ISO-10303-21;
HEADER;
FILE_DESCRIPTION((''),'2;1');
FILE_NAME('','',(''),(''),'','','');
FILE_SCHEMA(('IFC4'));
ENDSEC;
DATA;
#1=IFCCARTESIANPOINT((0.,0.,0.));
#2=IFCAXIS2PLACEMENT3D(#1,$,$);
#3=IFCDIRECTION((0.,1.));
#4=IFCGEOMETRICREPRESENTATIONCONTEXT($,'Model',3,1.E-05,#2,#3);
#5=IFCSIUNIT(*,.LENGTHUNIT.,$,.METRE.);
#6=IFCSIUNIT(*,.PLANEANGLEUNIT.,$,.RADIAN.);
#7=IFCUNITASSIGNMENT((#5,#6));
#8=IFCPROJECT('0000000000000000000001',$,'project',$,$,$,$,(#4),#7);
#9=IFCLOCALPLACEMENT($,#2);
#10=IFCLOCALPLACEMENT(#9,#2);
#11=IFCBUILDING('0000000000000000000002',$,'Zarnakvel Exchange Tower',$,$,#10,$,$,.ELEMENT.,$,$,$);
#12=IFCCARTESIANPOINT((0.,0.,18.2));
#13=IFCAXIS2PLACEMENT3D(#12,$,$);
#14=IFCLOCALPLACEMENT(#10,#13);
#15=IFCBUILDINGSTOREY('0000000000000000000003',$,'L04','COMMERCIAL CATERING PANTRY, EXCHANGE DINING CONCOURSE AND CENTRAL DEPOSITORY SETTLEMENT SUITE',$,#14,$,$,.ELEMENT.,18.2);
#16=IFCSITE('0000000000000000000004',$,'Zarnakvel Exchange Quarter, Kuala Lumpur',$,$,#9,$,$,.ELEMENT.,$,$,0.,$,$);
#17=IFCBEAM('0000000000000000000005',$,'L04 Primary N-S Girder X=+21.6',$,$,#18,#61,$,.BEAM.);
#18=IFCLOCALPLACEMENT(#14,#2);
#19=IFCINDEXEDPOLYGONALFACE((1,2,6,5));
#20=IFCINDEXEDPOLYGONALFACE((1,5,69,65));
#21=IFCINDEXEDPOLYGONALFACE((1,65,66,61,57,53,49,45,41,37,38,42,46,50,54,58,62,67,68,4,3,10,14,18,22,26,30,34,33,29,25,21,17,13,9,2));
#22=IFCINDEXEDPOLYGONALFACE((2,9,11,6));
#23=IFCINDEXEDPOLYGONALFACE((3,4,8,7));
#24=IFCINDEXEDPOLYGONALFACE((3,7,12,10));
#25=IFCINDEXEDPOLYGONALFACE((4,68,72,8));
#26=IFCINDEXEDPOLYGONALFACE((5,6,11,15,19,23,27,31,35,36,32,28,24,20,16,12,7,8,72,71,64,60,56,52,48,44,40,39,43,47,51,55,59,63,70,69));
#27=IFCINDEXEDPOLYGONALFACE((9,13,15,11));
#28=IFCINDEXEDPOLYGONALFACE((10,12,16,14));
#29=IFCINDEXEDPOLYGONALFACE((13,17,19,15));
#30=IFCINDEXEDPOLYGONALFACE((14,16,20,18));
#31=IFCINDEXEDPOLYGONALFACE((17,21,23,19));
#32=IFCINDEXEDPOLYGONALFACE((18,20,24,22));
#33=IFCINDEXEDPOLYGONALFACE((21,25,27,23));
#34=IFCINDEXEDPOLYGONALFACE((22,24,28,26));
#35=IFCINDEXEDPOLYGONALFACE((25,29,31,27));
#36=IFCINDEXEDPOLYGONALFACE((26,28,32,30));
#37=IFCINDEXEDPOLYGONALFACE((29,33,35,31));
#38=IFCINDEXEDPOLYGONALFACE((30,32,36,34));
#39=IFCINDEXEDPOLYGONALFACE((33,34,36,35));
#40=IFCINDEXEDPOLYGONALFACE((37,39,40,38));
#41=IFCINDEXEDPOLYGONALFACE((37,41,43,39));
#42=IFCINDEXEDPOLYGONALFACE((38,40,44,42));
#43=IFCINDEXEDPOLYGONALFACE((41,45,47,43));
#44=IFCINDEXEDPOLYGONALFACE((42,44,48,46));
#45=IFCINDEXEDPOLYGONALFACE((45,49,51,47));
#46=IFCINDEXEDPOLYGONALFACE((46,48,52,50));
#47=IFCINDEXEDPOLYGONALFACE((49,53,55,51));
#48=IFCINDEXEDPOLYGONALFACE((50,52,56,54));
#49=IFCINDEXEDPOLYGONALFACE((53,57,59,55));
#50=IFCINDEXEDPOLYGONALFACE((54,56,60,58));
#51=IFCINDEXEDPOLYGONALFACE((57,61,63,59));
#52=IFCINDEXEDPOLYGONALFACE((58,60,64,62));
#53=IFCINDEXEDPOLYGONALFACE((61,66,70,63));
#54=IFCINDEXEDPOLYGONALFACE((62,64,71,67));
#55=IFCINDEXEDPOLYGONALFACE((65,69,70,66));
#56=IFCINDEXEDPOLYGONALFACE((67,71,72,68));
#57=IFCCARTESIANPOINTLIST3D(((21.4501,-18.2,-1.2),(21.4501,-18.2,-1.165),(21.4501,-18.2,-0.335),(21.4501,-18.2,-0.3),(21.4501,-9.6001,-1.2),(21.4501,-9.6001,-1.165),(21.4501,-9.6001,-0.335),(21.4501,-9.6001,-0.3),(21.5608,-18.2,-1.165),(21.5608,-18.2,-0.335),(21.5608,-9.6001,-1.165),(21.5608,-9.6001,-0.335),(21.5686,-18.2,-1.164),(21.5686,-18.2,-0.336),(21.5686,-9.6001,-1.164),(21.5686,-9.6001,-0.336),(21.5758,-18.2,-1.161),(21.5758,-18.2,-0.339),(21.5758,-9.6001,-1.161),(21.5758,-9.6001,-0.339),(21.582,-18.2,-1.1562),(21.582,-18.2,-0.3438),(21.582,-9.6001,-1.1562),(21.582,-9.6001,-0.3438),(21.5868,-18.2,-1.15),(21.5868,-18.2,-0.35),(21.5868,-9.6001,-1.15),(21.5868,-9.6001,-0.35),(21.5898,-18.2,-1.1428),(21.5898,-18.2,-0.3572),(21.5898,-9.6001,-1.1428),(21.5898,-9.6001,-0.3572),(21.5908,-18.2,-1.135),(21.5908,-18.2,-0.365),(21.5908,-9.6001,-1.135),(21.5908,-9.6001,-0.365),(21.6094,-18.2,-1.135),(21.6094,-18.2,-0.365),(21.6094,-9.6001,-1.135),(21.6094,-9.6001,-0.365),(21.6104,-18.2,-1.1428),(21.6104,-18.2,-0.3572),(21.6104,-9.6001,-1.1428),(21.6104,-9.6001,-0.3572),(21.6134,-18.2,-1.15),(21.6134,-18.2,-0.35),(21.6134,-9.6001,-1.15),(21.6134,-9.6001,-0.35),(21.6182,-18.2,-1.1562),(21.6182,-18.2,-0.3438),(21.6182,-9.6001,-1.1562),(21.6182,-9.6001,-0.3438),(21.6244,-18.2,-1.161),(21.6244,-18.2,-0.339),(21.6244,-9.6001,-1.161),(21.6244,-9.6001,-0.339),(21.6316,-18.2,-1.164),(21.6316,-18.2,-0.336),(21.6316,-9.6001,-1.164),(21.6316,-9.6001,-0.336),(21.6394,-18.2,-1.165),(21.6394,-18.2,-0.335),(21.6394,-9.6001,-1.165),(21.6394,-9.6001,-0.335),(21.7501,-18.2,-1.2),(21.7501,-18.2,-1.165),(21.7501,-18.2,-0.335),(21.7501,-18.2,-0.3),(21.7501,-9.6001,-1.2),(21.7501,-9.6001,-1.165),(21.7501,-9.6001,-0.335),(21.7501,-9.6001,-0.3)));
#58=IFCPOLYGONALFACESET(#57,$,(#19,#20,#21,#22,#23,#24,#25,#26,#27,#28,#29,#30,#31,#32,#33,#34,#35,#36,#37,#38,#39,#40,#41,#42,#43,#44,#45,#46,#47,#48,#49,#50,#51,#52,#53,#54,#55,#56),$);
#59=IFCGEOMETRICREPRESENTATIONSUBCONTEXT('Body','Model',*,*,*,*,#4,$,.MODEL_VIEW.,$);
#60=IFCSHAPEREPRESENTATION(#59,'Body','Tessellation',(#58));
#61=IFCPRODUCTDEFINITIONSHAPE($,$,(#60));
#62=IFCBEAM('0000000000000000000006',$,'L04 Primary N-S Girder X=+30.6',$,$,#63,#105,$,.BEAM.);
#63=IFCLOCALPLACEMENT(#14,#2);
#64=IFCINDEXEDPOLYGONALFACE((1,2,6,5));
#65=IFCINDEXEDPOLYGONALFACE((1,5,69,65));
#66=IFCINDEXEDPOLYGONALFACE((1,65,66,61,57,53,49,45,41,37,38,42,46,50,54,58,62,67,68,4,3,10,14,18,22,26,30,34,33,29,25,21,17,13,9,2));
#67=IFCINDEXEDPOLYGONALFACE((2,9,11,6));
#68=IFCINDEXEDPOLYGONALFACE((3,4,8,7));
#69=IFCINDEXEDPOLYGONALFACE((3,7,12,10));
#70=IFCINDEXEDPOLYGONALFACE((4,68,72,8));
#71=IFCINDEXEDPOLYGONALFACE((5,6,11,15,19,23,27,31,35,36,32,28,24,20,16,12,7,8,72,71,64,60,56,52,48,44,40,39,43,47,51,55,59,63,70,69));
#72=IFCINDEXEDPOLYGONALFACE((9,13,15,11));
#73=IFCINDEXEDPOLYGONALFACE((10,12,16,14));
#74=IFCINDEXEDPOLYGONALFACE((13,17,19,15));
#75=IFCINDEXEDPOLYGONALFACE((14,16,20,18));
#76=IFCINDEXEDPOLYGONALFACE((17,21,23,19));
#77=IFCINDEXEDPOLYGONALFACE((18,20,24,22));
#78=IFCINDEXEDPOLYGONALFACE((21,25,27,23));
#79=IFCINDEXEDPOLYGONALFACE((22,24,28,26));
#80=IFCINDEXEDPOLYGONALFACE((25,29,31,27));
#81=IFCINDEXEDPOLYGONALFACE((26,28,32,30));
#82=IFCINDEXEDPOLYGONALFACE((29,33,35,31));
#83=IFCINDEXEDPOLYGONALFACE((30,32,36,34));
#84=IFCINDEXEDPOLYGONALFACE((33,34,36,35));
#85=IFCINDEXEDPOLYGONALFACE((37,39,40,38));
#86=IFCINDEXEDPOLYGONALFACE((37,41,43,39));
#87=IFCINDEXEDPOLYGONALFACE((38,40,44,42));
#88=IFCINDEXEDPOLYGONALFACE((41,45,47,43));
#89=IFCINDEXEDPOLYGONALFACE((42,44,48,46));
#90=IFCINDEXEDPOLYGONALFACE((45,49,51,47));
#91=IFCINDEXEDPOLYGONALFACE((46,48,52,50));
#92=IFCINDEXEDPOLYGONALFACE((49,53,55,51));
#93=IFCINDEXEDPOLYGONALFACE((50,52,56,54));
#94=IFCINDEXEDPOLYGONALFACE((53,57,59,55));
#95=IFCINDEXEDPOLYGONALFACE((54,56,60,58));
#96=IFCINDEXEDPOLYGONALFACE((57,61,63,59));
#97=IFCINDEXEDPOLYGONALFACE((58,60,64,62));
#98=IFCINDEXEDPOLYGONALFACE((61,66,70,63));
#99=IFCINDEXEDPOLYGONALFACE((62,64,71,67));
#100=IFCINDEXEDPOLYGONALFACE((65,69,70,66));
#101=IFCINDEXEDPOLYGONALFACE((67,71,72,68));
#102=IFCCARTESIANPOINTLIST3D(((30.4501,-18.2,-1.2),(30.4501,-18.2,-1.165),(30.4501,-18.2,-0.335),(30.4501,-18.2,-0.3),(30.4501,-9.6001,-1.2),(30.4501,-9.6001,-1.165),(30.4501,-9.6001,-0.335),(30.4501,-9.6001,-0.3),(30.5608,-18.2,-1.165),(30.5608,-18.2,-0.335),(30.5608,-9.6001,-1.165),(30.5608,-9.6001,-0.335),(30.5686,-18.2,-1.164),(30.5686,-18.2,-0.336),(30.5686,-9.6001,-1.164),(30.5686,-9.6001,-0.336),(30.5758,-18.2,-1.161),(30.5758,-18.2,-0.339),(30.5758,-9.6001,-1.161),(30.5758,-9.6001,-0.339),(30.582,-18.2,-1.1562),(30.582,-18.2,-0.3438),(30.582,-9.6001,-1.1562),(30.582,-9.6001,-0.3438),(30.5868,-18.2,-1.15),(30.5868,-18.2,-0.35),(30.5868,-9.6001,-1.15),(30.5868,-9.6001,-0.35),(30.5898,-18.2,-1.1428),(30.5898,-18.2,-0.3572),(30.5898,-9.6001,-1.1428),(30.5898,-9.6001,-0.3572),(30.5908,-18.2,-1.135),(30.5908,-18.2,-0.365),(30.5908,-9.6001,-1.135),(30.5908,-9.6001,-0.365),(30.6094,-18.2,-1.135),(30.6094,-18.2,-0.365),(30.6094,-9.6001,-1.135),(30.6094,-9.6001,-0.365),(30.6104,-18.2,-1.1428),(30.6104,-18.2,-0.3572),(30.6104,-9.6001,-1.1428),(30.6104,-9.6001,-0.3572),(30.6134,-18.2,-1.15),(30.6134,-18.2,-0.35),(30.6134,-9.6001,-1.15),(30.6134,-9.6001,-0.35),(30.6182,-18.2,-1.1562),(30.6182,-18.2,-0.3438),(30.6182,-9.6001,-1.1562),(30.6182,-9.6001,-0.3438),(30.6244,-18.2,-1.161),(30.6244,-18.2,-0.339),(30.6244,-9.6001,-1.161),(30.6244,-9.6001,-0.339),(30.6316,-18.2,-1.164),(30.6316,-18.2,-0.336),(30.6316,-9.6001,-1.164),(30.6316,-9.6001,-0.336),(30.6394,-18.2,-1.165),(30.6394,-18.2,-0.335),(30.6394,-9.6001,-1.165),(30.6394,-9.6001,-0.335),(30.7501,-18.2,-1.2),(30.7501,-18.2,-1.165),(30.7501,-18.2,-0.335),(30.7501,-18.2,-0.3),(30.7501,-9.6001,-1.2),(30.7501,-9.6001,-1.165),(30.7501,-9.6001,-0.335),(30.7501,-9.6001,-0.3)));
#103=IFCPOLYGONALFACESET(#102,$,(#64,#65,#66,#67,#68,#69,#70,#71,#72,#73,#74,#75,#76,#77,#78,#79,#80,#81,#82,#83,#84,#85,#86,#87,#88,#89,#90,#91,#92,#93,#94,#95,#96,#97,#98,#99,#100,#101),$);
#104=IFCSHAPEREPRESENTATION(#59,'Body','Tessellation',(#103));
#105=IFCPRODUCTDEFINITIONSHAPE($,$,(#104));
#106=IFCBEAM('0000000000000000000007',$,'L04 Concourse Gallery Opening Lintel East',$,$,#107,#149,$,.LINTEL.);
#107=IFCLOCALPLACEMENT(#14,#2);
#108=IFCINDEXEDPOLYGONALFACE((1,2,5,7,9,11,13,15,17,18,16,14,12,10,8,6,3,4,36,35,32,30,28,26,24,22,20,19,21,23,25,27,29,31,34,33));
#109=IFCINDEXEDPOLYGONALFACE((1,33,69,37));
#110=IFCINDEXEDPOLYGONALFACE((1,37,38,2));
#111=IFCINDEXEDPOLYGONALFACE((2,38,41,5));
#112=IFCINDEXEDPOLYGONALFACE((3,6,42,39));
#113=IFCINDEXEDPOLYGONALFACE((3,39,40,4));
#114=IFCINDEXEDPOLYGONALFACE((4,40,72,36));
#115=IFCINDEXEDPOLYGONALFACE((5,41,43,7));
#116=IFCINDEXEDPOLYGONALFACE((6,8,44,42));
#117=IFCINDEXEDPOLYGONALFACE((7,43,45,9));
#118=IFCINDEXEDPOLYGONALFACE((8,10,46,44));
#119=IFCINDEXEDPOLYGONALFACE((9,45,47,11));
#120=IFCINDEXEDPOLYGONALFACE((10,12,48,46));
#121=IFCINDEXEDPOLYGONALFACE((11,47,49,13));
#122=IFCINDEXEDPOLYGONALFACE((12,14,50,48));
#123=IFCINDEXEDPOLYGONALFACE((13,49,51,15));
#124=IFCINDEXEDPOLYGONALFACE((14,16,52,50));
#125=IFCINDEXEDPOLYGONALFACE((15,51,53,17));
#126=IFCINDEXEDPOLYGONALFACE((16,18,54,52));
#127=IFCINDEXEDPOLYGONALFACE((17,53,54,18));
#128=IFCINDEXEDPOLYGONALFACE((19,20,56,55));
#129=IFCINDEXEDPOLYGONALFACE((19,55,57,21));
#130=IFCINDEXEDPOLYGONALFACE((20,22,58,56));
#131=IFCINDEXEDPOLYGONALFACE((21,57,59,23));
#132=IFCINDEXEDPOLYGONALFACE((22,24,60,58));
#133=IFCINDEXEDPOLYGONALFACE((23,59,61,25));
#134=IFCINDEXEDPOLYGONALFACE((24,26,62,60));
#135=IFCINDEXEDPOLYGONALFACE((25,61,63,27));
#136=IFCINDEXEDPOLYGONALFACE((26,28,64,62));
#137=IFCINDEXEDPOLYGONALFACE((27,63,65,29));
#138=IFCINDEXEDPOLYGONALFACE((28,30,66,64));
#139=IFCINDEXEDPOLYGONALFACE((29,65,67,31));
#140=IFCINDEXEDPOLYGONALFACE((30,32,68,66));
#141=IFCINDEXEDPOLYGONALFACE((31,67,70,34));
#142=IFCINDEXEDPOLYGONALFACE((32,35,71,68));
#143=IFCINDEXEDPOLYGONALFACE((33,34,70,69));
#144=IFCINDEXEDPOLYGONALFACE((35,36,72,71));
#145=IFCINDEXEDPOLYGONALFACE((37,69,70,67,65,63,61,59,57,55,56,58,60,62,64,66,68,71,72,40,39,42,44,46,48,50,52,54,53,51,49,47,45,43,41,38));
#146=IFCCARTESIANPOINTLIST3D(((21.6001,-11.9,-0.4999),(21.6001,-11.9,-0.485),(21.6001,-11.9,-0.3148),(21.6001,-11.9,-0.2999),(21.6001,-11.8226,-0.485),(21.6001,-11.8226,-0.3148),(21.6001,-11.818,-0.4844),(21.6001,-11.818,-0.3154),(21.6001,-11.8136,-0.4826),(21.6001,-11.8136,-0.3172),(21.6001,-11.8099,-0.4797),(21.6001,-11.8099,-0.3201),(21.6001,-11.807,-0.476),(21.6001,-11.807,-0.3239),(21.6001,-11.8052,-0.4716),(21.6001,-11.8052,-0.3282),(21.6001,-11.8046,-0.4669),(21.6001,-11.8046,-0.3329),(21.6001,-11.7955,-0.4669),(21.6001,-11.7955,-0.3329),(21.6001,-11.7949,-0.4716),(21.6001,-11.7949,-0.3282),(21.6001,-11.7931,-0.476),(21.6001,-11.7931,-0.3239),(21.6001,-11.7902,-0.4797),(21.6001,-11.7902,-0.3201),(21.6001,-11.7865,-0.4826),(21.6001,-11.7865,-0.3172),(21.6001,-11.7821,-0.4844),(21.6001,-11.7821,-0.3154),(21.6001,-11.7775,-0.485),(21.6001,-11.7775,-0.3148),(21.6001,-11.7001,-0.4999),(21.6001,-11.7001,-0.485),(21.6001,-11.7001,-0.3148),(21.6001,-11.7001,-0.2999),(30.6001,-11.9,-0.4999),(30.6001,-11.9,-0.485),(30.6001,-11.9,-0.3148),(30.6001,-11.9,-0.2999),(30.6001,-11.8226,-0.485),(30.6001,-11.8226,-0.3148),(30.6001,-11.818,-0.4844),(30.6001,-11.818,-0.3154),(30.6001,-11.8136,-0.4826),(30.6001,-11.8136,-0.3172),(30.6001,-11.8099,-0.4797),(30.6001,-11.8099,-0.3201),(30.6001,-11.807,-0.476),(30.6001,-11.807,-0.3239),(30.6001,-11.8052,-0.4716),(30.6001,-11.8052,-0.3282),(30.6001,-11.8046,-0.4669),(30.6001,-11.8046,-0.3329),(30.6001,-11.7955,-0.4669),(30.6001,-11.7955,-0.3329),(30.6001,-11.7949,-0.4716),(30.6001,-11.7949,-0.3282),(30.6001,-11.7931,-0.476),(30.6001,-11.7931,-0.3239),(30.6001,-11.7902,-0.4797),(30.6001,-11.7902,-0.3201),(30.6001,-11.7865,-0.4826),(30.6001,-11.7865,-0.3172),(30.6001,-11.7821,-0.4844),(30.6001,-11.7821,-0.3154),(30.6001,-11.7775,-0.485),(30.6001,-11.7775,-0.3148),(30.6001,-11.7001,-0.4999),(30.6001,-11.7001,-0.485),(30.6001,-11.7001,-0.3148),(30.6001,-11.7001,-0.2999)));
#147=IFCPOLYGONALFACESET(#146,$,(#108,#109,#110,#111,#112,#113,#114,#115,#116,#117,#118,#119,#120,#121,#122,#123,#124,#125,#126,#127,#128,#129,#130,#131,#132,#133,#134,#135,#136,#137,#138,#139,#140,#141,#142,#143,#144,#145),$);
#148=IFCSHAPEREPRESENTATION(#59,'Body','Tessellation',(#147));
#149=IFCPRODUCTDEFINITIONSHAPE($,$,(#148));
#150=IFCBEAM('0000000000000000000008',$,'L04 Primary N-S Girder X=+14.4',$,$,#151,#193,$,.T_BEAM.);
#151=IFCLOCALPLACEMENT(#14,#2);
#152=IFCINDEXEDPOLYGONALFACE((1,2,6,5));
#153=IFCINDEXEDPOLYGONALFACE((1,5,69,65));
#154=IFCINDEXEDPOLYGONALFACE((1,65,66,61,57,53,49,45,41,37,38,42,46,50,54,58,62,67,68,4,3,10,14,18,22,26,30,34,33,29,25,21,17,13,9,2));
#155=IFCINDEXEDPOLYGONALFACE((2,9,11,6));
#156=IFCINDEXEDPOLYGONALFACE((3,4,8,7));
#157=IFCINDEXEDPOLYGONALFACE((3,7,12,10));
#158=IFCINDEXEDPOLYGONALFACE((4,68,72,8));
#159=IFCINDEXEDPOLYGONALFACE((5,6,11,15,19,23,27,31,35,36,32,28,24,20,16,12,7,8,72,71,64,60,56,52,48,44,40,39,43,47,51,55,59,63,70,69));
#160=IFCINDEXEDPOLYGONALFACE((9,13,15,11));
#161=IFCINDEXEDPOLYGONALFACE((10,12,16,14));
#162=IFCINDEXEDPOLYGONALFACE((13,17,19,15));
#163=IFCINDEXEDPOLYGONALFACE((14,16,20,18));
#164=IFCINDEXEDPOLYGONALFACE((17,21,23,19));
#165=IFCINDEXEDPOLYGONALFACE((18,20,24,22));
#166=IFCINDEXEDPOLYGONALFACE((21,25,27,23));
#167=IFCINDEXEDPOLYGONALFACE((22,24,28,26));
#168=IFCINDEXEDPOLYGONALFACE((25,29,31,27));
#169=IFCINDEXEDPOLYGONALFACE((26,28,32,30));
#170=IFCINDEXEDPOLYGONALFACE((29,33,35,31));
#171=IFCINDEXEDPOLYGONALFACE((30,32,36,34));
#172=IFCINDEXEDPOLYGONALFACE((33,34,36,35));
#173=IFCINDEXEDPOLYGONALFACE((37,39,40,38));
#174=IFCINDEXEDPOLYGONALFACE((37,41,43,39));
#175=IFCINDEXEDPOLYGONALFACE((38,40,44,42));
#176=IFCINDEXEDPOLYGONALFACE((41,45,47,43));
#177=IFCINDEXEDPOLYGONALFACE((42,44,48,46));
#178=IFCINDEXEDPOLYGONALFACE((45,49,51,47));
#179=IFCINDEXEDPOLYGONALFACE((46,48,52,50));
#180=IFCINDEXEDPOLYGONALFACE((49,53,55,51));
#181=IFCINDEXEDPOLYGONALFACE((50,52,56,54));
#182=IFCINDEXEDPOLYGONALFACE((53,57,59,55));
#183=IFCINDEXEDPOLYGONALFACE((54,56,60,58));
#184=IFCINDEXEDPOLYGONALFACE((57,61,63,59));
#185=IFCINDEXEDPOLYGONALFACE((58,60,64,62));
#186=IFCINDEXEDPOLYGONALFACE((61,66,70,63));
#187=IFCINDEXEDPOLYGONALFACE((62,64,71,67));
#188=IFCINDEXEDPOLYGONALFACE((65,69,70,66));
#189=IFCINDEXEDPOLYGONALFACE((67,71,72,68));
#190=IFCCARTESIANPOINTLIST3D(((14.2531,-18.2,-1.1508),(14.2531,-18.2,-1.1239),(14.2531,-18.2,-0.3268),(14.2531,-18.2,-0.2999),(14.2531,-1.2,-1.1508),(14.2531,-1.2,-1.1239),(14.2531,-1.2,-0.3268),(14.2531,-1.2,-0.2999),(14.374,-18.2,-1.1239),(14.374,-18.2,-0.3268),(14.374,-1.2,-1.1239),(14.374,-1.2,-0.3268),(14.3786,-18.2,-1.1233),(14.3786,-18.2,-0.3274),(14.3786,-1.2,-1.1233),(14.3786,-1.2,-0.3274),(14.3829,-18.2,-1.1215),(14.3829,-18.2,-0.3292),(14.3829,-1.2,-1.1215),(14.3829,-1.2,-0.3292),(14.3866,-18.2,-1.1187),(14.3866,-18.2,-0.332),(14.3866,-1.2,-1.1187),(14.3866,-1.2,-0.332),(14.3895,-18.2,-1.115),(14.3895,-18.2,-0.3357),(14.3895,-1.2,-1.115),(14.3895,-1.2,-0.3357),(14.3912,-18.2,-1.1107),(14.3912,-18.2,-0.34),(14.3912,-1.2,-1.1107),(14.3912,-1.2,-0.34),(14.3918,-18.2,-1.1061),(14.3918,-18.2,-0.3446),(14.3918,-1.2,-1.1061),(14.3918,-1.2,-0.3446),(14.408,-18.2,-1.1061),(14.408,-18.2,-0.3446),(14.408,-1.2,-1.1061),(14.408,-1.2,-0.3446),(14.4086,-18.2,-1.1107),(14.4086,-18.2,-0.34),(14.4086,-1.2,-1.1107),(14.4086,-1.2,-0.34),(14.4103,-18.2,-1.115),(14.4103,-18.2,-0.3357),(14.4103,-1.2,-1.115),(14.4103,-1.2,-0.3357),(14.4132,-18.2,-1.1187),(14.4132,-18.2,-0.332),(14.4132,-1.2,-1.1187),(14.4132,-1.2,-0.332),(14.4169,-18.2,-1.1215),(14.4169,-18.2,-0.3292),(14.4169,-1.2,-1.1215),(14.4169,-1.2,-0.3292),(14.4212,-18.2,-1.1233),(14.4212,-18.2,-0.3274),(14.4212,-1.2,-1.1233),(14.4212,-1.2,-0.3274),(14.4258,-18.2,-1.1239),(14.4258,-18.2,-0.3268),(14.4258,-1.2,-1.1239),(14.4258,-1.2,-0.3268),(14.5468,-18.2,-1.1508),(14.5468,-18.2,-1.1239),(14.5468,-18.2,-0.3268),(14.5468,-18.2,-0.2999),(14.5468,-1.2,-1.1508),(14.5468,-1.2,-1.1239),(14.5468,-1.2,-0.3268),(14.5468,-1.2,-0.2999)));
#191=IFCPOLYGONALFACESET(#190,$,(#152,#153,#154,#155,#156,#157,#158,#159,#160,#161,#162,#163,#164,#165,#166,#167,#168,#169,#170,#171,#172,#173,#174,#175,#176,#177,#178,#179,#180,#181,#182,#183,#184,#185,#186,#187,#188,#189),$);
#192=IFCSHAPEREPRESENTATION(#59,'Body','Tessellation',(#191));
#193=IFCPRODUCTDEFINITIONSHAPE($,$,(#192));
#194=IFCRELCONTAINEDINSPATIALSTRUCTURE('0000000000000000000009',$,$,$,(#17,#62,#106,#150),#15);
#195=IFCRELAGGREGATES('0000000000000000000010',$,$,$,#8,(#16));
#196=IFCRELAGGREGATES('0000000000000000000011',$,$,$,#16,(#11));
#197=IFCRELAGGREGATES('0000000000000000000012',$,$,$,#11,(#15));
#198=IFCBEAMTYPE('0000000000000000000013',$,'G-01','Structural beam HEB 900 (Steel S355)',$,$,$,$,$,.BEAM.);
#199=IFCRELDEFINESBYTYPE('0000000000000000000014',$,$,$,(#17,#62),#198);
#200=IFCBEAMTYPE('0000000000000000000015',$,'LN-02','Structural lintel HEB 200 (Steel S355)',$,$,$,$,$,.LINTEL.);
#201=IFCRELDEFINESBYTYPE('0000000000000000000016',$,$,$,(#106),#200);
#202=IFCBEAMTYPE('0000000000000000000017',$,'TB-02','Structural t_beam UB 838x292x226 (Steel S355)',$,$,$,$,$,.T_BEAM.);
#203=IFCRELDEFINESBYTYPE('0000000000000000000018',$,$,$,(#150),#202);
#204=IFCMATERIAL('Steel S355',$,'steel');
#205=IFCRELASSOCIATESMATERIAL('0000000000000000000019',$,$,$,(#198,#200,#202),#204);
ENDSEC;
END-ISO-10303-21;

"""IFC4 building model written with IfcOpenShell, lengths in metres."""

from ifc_helpers import new_model, si_unit, direction, frame, origin, origin_2d, place, context, subcontext, project, spatial, i_section, extrude, material, material_profile, profile_set, type_object, element, save


model = new_model("IFC4")

# Units and contexts
model_context = context("Model", 3, precision=1e-05, world=origin(), true_north=direction((0.0, 1.0)))
body_context = subcontext(model_context, "Body", "Model", "MODEL_VIEW")
ifc_project = project(units=[si_unit("LENGTHUNIT", "METRE"), si_unit("PLANEANGLEUNIT", "RADIAN")], contexts=[model_context])

# Site, building, storey
site_placement = place(None, origin())
site = spatial("IfcSite", under=ifc_project, at=site_placement, Name="Zarnakvel Exchange Quarter, Kuala Lumpur", CompositionType="ELEMENT", RefElevation=0.0)
building_placement = place(site_placement, origin())
building = spatial("IfcBuilding", under=site, at=building_placement, Name="Zarnakvel Exchange Tower", CompositionType="ELEMENT")
storey_placement = place(building_placement, frame((0.0, 0.0, 18.2)))
storey = spatial("IfcBuildingStorey", under=building, at=storey_placement, Name="L04", Description="COMMERCIAL CATERING PANTRY, EXCHANGE DINING CONCOURSE AND CENTRAL DEPOSITORY SETTLEMENT SUITE", CompositionType="ELEMENT", Elevation=18.2)

# Beams
ifc_material_1 = material(Name="Steel S355", Category="steel")
ifc_material_profile_1 = material_profile(ifc_material_1, i_section(OverallWidth=0.3, OverallDepth=0.8999, WebThickness=0.0186, FlangeThickness=0.0349, FilletRadius=0.03, at=origin_2d()))
ifc_profile_set_1 = profile_set([ifc_material_profile_1], Name="Steel S355")
beam_type_1 = type_object("IfcBeamType", Name="G-01", Description="Structural beam HEB 900 (Steel S355)", PredefinedType="BEAM", material=ifc_profile_set_1)
for number, where, z_axis, x_axis, name in (
    (1, (21.6001, -18.2, -0.75), (0.0, 1.0, 0.0), (-1.0, 0.0, 0.0), "L04 Primary N-S Girder X=+21.6"),
    (2, (30.6001, -18.2, -0.75), (0.0, 1.0, 0.0), (-1.0, 0.0, 0.0), "L04 Primary N-S Girder X=+30.6"),
):
    element("IfcBeam", number, at=place(storey_placement, frame(where, z_axis=z_axis, x_axis=x_axis)), inside=storey, type_object=beam_type_1, Name=name, PredefinedType="BEAM", context=body_context, shape_type="SweptSolid", body=[
        extrude(i_section(OverallWidth=0.3, OverallDepth=0.8999, WebThickness=0.0186, FlangeThickness=0.0349, FilletRadius=0.03, at=origin_2d()), origin(), (0.0, 0.0, 1.0), 8.5999),
    ])
ifc_material_profile_2 = material_profile(ifc_material_1, i_section(OverallWidth=0.2, OverallDepth=0.2, WebThickness=0.009, FlangeThickness=0.0149, FilletRadius=0.0181, at=origin_2d()))
ifc_profile_set_2 = profile_set([ifc_material_profile_2], Name="Steel S355")
beam_type_2 = type_object("IfcBeamType", Name="LN-02", Description="Structural lintel HEB 200 (Steel S355)", PredefinedType="LINTEL", material=ifc_profile_set_2)
beam_1_placement = place(storey_placement, frame((21.6001, -11.8, -0.3999), z_axis=(1.0, 0.0, 0.0), x_axis=(0.0, 1.0, 0.0)))
element("IfcBeam", 3, at=beam_1_placement, inside=storey, type_object=beam_type_2, Name="L04 Concourse Gallery Opening Lintel East", PredefinedType="LINTEL", context=body_context, shape_type="SweptSolid", body=[
    extrude(i_section(OverallWidth=0.2, OverallDepth=0.2, WebThickness=0.009, FlangeThickness=0.0149, FilletRadius=0.0181, at=origin_2d()), origin(), (0.0, 0.0, 1.0), 9.0),
])
ifc_material_profile_3 = material_profile(ifc_material_1, i_section(OverallWidth=0.2937, OverallDepth=0.8508, WebThickness=0.0161, FlangeThickness=0.0269, FilletRadius=0.0178, at=origin_2d()))
ifc_profile_set_3 = profile_set([ifc_material_profile_3], Name="Steel S355")
beam_type_3 = type_object("IfcBeamType", Name="TB-02", Description="Structural t_beam UB 838x292x226 (Steel S355)", PredefinedType="T_BEAM", material=ifc_profile_set_3)
beam_2_placement = place(storey_placement, frame((14.3999, -18.2, -0.7253), z_axis=(0.0, 1.0, 0.0), x_axis=(-1.0, 0.0, 0.0)))
element("IfcBeam", 4, at=beam_2_placement, inside=storey, type_object=beam_type_3, Name="L04 Primary N-S Girder X=+14.4", PredefinedType="T_BEAM", context=body_context, shape_type="SweptSolid", body=[
    extrude(i_section(OverallWidth=0.2937, OverallDepth=0.8508, WebThickness=0.0161, FlangeThickness=0.0269, FilletRadius=0.0178, at=origin_2d()), origin(), (0.0, 0.0, 1.0), 17.0),
])

save(model, "model.ifc")
